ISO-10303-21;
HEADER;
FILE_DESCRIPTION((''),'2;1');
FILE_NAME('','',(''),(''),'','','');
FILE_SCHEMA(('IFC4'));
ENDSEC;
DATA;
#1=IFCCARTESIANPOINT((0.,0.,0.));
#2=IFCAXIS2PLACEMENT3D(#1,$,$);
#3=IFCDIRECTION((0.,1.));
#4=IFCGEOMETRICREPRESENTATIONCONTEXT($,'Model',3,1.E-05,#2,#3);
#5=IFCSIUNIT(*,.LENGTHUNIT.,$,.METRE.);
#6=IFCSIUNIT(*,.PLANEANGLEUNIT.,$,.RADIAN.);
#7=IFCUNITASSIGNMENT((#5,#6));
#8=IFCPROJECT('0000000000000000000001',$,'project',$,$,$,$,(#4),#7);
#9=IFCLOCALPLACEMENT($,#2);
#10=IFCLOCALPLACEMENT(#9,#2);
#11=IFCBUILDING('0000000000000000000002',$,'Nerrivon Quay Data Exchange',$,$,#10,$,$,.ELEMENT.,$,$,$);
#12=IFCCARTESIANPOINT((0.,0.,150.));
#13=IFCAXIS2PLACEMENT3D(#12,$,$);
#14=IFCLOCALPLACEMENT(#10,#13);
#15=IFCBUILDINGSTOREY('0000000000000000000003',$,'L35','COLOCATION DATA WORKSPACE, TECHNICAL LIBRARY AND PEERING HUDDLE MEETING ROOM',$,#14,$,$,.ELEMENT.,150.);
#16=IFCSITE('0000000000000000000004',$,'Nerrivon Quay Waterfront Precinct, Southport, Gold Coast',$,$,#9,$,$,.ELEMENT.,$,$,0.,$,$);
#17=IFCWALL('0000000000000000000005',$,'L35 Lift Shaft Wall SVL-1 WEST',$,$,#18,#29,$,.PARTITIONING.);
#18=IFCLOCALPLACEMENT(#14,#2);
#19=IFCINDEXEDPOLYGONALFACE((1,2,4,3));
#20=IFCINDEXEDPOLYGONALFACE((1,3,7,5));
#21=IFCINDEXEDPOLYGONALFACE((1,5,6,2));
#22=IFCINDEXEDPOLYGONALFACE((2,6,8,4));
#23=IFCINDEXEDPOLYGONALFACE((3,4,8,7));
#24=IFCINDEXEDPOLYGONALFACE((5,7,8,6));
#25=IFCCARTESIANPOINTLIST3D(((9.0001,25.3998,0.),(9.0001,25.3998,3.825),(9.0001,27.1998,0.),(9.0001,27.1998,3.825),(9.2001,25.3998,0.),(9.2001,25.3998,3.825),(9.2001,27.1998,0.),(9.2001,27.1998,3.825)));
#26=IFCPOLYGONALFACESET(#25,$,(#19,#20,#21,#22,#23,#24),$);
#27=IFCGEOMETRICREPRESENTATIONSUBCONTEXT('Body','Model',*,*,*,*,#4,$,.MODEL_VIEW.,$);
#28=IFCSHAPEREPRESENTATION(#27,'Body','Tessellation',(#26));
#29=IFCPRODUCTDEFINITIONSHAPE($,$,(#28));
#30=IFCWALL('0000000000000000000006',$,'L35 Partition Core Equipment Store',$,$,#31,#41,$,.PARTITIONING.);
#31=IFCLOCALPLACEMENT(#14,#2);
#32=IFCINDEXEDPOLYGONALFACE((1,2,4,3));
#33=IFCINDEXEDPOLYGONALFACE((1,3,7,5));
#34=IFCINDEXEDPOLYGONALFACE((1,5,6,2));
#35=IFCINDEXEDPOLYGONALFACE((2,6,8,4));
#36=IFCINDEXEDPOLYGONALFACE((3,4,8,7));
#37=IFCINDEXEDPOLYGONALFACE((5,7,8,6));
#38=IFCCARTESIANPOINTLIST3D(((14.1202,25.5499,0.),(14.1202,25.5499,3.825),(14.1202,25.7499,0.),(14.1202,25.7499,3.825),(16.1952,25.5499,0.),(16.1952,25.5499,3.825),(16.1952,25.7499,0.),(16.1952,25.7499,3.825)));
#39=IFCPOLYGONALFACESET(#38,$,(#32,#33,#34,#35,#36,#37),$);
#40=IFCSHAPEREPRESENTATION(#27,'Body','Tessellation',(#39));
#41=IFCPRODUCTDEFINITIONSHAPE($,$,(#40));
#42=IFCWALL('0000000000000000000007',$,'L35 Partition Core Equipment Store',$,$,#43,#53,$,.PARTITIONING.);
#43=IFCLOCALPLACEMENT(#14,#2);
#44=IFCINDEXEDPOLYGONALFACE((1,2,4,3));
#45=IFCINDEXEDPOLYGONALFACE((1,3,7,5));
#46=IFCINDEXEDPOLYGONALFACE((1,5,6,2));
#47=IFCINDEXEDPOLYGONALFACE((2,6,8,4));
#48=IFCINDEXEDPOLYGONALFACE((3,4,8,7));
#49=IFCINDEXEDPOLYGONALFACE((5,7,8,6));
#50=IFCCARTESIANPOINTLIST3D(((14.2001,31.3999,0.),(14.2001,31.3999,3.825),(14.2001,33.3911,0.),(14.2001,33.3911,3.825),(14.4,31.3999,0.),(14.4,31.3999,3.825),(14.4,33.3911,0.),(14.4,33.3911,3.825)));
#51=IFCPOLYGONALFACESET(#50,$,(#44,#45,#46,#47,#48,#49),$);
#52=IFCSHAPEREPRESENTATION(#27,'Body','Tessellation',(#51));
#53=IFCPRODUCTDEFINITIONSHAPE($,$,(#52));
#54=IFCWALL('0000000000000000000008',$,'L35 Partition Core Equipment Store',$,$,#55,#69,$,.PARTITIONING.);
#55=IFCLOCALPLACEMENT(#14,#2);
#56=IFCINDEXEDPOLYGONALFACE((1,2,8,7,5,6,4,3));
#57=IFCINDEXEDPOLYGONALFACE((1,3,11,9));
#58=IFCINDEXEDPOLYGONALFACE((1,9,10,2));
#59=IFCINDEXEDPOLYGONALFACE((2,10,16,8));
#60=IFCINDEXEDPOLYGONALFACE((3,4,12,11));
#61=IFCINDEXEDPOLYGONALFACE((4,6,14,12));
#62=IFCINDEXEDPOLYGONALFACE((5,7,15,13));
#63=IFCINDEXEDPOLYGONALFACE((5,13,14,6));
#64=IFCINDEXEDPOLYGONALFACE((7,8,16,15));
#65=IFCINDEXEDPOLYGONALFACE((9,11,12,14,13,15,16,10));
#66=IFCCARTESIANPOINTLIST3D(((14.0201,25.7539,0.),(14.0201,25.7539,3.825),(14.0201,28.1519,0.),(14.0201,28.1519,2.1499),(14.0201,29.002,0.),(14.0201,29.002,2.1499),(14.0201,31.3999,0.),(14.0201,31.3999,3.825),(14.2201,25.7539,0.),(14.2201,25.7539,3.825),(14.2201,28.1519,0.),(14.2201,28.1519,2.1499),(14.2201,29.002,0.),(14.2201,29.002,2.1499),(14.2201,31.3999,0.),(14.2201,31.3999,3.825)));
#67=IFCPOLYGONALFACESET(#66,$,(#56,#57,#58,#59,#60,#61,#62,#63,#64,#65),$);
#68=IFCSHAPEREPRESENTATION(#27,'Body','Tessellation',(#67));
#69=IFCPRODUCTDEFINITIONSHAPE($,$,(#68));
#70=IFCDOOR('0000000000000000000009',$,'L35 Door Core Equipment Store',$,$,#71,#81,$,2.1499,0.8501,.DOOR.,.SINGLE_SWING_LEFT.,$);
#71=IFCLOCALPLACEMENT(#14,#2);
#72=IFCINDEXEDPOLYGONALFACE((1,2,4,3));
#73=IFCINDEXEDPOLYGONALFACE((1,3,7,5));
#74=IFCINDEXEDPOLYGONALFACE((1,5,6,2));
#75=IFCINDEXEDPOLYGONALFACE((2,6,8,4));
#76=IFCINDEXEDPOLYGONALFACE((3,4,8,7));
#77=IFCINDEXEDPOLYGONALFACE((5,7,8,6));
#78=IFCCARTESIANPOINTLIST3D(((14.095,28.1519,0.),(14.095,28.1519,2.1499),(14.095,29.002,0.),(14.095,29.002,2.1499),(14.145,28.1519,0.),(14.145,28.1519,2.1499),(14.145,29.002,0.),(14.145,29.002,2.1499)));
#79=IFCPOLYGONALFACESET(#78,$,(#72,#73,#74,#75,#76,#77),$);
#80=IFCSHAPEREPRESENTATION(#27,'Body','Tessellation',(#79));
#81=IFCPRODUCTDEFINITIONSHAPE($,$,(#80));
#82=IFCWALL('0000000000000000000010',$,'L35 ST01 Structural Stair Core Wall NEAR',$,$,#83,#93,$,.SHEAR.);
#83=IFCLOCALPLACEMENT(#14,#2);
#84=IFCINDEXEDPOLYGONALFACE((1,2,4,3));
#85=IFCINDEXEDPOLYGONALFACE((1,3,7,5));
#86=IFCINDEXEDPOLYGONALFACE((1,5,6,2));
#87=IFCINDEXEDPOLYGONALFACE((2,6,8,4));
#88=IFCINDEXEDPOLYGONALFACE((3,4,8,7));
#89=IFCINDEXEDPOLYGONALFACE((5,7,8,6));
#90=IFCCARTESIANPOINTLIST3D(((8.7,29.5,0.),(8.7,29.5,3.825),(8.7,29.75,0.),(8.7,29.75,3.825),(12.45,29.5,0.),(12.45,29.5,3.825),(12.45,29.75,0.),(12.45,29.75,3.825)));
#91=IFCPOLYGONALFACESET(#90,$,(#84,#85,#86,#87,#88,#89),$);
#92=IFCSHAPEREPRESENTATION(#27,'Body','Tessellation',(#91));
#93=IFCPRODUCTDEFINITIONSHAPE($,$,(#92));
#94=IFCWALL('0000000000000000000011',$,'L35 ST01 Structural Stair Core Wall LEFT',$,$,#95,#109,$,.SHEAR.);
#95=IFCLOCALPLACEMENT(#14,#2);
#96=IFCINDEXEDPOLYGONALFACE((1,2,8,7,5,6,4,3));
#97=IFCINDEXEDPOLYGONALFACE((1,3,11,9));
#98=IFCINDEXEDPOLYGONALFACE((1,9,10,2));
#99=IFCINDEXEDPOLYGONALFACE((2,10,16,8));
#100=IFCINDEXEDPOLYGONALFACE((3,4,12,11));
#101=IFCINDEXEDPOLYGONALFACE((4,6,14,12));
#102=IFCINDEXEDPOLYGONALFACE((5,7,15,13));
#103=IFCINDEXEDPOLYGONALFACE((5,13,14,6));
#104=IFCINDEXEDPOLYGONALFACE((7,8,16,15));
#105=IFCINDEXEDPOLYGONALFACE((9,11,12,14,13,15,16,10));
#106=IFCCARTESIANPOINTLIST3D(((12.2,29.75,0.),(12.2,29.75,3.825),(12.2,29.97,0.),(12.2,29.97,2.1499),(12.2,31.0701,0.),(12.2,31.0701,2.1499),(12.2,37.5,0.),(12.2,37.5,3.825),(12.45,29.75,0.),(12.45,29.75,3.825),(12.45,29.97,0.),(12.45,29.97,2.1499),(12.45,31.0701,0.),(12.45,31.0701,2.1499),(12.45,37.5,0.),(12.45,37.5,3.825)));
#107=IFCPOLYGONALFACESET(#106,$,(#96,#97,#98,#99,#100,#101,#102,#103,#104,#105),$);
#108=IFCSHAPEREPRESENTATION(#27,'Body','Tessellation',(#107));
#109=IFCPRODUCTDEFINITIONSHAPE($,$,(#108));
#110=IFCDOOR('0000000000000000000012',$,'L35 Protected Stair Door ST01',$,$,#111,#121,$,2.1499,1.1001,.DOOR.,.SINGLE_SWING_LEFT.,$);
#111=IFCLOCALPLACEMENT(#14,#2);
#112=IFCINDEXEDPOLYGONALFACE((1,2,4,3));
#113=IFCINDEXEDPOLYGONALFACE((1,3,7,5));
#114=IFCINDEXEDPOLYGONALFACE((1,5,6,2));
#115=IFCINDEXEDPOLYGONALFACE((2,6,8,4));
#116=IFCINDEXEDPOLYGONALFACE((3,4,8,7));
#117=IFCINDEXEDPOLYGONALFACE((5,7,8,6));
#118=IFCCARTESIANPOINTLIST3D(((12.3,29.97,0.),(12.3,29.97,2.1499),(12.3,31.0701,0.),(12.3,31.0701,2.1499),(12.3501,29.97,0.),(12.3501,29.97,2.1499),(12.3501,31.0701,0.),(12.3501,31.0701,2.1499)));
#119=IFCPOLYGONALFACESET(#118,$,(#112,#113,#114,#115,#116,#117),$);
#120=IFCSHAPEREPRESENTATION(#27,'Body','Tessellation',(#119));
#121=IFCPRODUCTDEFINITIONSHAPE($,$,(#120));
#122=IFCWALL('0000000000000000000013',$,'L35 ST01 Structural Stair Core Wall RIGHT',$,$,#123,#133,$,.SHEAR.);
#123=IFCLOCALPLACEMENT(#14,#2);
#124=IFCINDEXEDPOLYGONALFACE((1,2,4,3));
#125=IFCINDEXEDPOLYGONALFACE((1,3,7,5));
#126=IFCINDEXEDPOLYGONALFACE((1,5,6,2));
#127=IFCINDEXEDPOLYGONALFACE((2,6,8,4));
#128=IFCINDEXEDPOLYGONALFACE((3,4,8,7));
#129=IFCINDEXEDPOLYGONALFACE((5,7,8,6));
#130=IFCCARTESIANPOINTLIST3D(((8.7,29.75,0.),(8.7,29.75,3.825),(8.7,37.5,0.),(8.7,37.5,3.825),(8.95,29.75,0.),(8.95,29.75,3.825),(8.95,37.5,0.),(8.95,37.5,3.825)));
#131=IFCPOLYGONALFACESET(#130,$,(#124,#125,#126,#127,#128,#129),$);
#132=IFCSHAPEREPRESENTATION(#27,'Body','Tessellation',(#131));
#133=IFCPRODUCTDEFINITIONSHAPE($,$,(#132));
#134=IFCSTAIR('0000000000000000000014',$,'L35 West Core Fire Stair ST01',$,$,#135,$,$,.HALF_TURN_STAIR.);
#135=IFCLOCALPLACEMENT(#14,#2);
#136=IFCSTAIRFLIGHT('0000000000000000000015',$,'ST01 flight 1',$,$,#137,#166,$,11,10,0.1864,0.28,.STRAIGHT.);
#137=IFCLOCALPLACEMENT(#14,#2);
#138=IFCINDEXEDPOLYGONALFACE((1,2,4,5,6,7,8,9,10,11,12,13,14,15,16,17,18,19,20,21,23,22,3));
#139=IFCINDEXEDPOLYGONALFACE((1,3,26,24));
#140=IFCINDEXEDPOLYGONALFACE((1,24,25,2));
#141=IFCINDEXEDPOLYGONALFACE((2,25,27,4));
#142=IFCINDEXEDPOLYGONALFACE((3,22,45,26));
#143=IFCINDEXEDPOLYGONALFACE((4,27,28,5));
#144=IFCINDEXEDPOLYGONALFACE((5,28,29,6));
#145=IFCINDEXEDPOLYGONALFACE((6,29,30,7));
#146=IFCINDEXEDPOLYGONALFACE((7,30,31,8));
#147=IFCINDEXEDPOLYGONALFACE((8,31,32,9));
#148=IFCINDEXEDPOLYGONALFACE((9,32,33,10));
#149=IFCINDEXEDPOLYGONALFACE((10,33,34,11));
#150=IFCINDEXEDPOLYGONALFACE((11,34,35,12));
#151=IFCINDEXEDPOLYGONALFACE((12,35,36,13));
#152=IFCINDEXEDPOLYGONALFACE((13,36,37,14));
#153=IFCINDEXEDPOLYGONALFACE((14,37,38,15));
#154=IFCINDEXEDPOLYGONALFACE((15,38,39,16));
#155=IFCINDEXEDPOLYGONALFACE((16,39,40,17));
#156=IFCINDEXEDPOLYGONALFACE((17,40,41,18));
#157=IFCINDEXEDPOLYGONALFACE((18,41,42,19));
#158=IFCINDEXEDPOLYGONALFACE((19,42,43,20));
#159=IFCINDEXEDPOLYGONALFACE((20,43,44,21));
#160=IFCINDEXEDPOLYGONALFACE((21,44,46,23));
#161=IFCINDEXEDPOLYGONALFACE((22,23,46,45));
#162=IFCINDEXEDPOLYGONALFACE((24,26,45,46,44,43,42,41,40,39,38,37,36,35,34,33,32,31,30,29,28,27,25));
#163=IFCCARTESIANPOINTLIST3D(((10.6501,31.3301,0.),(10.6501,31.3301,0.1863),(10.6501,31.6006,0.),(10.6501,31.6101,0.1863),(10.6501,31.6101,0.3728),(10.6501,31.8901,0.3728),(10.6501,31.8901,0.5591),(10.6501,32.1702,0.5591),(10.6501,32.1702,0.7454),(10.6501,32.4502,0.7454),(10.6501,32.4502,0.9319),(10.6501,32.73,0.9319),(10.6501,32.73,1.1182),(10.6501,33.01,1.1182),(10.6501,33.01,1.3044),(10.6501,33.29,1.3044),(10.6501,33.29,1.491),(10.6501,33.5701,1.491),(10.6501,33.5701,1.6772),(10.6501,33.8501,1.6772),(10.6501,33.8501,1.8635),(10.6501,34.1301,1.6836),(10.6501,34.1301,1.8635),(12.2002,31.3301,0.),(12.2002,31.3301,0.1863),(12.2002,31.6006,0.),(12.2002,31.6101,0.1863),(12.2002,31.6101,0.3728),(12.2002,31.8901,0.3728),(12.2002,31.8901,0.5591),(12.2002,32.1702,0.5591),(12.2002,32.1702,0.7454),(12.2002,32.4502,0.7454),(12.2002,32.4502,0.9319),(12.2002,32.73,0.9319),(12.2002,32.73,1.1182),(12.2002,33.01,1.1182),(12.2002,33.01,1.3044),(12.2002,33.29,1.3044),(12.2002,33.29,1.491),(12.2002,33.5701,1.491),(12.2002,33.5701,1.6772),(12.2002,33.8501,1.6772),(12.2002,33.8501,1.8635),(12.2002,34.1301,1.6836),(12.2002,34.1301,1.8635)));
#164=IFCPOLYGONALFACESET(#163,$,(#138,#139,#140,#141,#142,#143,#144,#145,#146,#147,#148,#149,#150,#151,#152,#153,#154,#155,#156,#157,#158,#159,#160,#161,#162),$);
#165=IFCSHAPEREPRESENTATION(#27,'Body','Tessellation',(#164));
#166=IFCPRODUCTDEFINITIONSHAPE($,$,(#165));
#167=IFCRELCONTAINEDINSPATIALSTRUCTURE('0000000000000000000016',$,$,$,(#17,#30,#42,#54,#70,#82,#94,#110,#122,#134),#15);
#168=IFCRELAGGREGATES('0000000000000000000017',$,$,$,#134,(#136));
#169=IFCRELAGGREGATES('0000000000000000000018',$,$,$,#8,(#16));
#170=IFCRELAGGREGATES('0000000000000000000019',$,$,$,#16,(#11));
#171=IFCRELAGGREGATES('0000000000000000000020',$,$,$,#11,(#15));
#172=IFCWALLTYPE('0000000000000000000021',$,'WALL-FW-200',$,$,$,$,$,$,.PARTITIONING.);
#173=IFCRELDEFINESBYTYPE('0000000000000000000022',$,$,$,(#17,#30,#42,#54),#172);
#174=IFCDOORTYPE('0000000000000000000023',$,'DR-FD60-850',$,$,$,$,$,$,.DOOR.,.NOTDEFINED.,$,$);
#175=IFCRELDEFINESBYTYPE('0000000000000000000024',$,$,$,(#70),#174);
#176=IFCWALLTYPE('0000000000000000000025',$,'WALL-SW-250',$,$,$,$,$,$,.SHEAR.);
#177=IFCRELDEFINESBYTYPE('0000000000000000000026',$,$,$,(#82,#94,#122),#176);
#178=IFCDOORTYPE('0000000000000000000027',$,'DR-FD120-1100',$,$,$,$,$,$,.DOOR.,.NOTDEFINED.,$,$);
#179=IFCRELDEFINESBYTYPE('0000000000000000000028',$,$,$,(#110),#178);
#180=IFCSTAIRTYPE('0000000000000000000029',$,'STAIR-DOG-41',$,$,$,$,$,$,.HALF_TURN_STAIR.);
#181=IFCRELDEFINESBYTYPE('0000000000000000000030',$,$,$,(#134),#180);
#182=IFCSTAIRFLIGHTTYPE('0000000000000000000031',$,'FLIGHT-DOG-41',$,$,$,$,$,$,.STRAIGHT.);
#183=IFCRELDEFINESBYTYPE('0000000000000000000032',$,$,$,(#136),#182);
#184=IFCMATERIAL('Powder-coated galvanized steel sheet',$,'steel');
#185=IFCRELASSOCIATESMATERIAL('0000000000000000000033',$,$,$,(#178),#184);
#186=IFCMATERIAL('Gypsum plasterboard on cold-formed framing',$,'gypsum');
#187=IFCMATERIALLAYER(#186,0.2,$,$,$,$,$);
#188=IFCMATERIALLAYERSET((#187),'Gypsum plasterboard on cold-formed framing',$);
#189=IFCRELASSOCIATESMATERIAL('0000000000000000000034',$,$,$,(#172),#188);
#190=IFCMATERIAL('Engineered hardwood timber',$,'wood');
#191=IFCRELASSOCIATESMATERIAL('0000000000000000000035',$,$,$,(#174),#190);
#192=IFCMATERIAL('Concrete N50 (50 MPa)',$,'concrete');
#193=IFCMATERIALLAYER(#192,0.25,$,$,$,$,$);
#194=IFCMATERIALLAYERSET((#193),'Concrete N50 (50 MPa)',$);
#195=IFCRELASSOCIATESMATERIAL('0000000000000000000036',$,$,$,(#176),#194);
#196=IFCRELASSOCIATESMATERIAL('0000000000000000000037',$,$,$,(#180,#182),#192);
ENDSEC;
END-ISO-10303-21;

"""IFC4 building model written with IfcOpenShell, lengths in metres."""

from ifc_helpers import new_model, si_unit, direction, frame, frame_2d, origin, place, context, subcontext, project, spatial, polyline, rectangle, outline, extrude, material, layer, layer_set, type_object, element, fill, aggregate, save


model = new_model("IFC4")

# Units and contexts
model_context = context("Model", 3, precision=1e-05, world=origin(), true_north=direction((0.0, 1.0)))
body_context = subcontext(model_context, "Body", "Model", "MODEL_VIEW")
ifc_project = project(units=[si_unit("LENGTHUNIT", "METRE"), si_unit("PLANEANGLEUNIT", "RADIAN")], contexts=[model_context])

# Site, building, storey
site_placement = place(None, origin())
site = spatial("IfcSite", under=ifc_project, at=site_placement, Name="Nerrivon Quay Waterfront Precinct, Southport, Gold Coast", CompositionType="ELEMENT", RefElevation=0.0)
building_placement = place(site_placement, origin())
building = spatial("IfcBuilding", under=site, at=building_placement, Name="Nerrivon Quay Data Exchange", CompositionType="ELEMENT")
storey_placement = place(building_placement, frame((0.0, 0.0, 150.0)))
storey = spatial("IfcBuildingStorey", under=building, at=storey_placement, Name="L35", Description="COLOCATION DATA WORKSPACE, TECHNICAL LIBRARY AND PEERING HUDDLE MEETING ROOM", CompositionType="ELEMENT", Elevation=150.0)

# Shared definitions
ifc_material_1 = material(Name="Powder-coated galvanized steel sheet", Category="steel")
door_type_1 = type_object("IfcDoorType", Name="DR-FD120-1100", OperationType="NOTDEFINED", PredefinedType="DOOR", material=ifc_material_1)
ifc_material_2 = material(Name="Gypsum plasterboard on cold-formed framing", Category="gypsum")
ifc_layer_1 = layer(ifc_material_2, 0.2)
ifc_layer_set_1 = layer_set([ifc_layer_1], Name="Gypsum plasterboard on cold-formed framing")
wall_type_1 = type_object("IfcWallType", Name="WALL-FW-200", PredefinedType="PARTITIONING", material=ifc_layer_set_1)

# Walls
wall_1_placement = place(storey_placement, frame((9.1001, 25.3999, 0.0), z_axis=(0.0, 0.0, 1.0), x_axis=(0.0, 1.0, 0.0)))
element("IfcWall", 1, at=wall_1_placement, inside=storey, type_object=wall_type_1, Name="L35 Lift Shaft Wall SVL-1 WEST", PredefinedType="PARTITIONING", context=body_context, shape_type="SweptSolid", body=[
    extrude(rectangle(XDim=1.8, YDim=0.2, at=frame_2d((0.8999, 0.0))), origin(), (0.0, 0.0, 1.0), 3.825),
])
wall_2_placement = place(storey_placement, frame((14.1201, 25.6499, 0.0), z_axis=(0.0, 0.0, 1.0), x_axis=(1.0, 0.0, 0.0)))
element("IfcWall", 2, at=wall_2_placement, inside=storey, type_object=wall_type_1, Name="L35 Partition Core Equipment Store", PredefinedType="PARTITIONING", context=body_context, shape_type="SweptSolid", body=[
    extrude(rectangle(XDim=2.075, YDim=0.2, at=frame_2d((1.0376, 0.0))), origin(), (0.0, 0.0, 1.0), 3.825),
])
wall_3_placement = place(storey_placement, frame((14.3, 33.3911, 0.0), z_axis=(0.0, 0.0, 1.0), x_axis=(0.0, -1.0, 0.0)))
element("IfcWall", 3, at=wall_3_placement, inside=storey, type_object=wall_type_1, Name="L35 Partition Core Equipment Store", PredefinedType="PARTITIONING", context=body_context, shape_type="SweptSolid", body=[
    extrude(rectangle(XDim=1.9912, YDim=0.2, at=frame_2d((0.9956, 0.0))), origin(), (0.0, 0.0, 1.0), 3.825),
])

# Wall, opening, door
wall_4_placement = place(storey_placement, frame((14.1201, 31.3999, 0.0), z_axis=(0.0, 0.0, 1.0), x_axis=(0.0, -1.0, 0.0)))
wall_4 = element("IfcWall", 4, at=wall_4_placement, inside=storey, type_object=wall_type_1, Name="L35 Partition Core Equipment Store", PredefinedType="PARTITIONING", context=body_context, shape_type="SweptSolid", body=[
    extrude(rectangle(XDim=5.646, YDim=0.2, at=frame_2d((2.823, 0.0))), origin(), (0.0, 0.0, 1.0), 3.825),
])
opening_1_placement = place(wall_4_placement, frame((2.3979, 0.0, 0.0)))
opening_1 = element("IfcOpeningElement", 5, at=opening_1_placement, cuts=wall_4, PredefinedType="OPENING", context=body_context, shape_type="SweptSolid", body=[
    extrude(rectangle(XDim=0.8501, YDim=2.1499, at=frame_2d((0.425, 1.075))), frame((0.0, 0.1099, 0.0), z_axis=(0.0, -1.0, 0.0), x_axis=(1.0, 0.0, 0.0)), (0.0, 0.0, 1.0), 0.22),
])
ifc_material_3 = material(Name="Engineered hardwood timber", Category="wood")
door_type_2 = type_object("IfcDoorType", Name="DR-FD60-850", OperationType="NOTDEFINED", PredefinedType="DOOR", material=ifc_material_3)
door_1_placement = place(opening_1_placement, origin())
door_1 = element("IfcDoor", 6, at=door_1_placement, inside=storey, type_object=door_type_2, Name="L35 Door Core Equipment Store", OperationType="SINGLE_SWING_LEFT", OverallHeight=2.1499, OverallWidth=0.8501, PredefinedType="DOOR", context=body_context, shape_type="SweptSolid", body=[
    extrude(rectangle(XDim=0.8501, YDim=2.1499, at=frame_2d((0.425, 1.075))), frame((0.0, 0.0249, 0.0), z_axis=(0.0, -1.0, 0.0), x_axis=(1.0, 0.0, 0.0)), (0.0, 0.0, 1.0), 0.05),
])
fill(opening_1, door_1)

# Wall
ifc_material_4 = material(Name="Concrete N50 (50 MPa)", Category="concrete")
ifc_layer_2 = layer(ifc_material_4, 0.25)
ifc_layer_set_2 = layer_set([ifc_layer_2], Name="Concrete N50 (50 MPa)")
wall_type_2 = type_object("IfcWallType", Name="WALL-SW-250", PredefinedType="SHEAR", material=ifc_layer_set_2)
wall_5_placement = place(storey_placement, frame((12.45, 29.625, 0.0), z_axis=(0.0, 0.0, 1.0), x_axis=(-1.0, 0.0, 0.0)))
element("IfcWall", 7, at=wall_5_placement, inside=storey, type_object=wall_type_2, Name="L35 ST01 Structural Stair Core Wall NEAR", PredefinedType="SHEAR", context=body_context, shape_type="SweptSolid", body=[
    extrude(rectangle(XDim=3.75, YDim=0.25, at=frame_2d((1.875, 0.0))), origin(), (0.0, 0.0, 1.0), 3.825),
])

# Wall, opening, door
wall_6_placement = place(storey_placement, frame((12.325, 29.75, 0.0), z_axis=(0.0, 0.0, 1.0), x_axis=(0.0, 1.0, 0.0)))
wall_6 = element("IfcWall", 8, at=wall_6_placement, inside=storey, type_object=wall_type_2, Name="L35 ST01 Structural Stair Core Wall LEFT", PredefinedType="SHEAR", context=body_context, shape_type="SweptSolid", body=[
    extrude(rectangle(XDim=7.75, YDim=0.25, at=frame_2d((3.875, 0.0))), origin(), (0.0, 0.0, 1.0), 3.825),
])
opening_2_placement = place(wall_6_placement, frame((0.22, 0.0, 0.0)))
opening_2 = element("IfcOpeningElement", 9, at=opening_2_placement, cuts=wall_6, PredefinedType="OPENING", context=body_context, shape_type="SweptSolid", body=[
    extrude(rectangle(XDim=1.1001, YDim=2.1499, at=frame_2d((0.55, 1.075))), frame((0.0, 0.135, 0.0), z_axis=(0.0, -1.0, 0.0), x_axis=(1.0, 0.0, 0.0)), (0.0, 0.0, 1.0), 0.27),
])
door_2_placement = place(opening_2_placement, origin())
door_2 = element("IfcDoor", 10, at=door_2_placement, inside=storey, type_object=door_type_1, Name="L35 Protected Stair Door ST01", OperationType="SINGLE_SWING_LEFT", OverallHeight=2.1499, OverallWidth=1.1001, PredefinedType="DOOR", context=body_context, shape_type="SweptSolid", body=[
    extrude(rectangle(XDim=1.1001, YDim=2.1499, at=frame_2d((0.55, 1.075))), frame((0.0, 0.0249, 0.0), z_axis=(0.0, -1.0, 0.0), x_axis=(1.0, 0.0, 0.0)), (0.0, 0.0, 1.0), 0.05),
])
fill(opening_2, door_2)

# Wall
wall_7_placement = place(storey_placement, frame((8.825, 29.75, 0.0), z_axis=(0.0, 0.0, 1.0), x_axis=(0.0, 1.0, 0.0)))
element("IfcWall", 11, at=wall_7_placement, inside=storey, type_object=wall_type_2, Name="L35 ST01 Structural Stair Core Wall RIGHT", PredefinedType="SHEAR", context=body_context, shape_type="SweptSolid", body=[
    extrude(rectangle(XDim=7.75, YDim=0.25, at=frame_2d((3.875, 0.0))), origin(), (0.0, 0.0, 1.0), 3.825),
])

# Stair, stair flight
stair_type = type_object("IfcStairType", Name="STAIR-DOG-41", PredefinedType="HALF_TURN_STAIR", material=ifc_material_4)
stair_placement = place(storey_placement, origin())
stair = element("IfcStair", 12, at=stair_placement, inside=storey, type_object=stair_type, Name="L35 West Core Fire Stair ST01", PredefinedType="HALF_TURN_STAIR")
stair_flight_type = type_object("IfcStairFlightType", Name="FLIGHT-DOG-41", PredefinedType="STRAIGHT", material=ifc_material_4)
stair_flight_1_placement = place(storey_placement, frame((11.425, 31.3301, 0.0), z_axis=(0.0, 0.0, 1.0), x_axis=(0.0, 1.0, 0.0)))
stair_flight_1 = element("IfcStairFlight", 13, at=stair_flight_1_placement, type_object=stair_flight_type, Name="ST01 flight 1", NumberOfRisers=11, NumberOfTreads=10, PredefinedType="STRAIGHT", RiserHeight=0.1864, TreadLength=0.28, context=body_context, shape_type="SweptSolid", body=[
    extrude(outline(polyline([(0.0, 0.0), (0.0, 0.1863), (0.28, 0.1863), (0.28, 0.3728), (0.5601, 0.3728), (0.5601, 0.5591), (0.8401, 0.5591), (0.8401, 0.7454), (1.1201, 0.7454), (1.1201, 0.9319), (1.3999, 0.9319), (1.3999, 1.1182), (1.6799, 1.1182), (1.6799, 1.3044), (1.96, 1.3044), (1.96, 1.491), (2.24, 1.491), (2.24, 1.6772), (2.52, 1.6772), (2.52, 1.8635), (2.8, 1.8635), (2.8, 2.05), (2.8, 1.6836), (0.2705, 0.0), (0.0, 0.0)])), frame((0.0, 0.7749, 0.0), z_axis=(0.0, -1.0, 0.0), x_axis=(1.0, 0.0, 0.0)), (0.0, 0.0, 1.0), 1.55),
])
aggregate(stair, [stair_flight_1])

save(model, "model.ifc")
